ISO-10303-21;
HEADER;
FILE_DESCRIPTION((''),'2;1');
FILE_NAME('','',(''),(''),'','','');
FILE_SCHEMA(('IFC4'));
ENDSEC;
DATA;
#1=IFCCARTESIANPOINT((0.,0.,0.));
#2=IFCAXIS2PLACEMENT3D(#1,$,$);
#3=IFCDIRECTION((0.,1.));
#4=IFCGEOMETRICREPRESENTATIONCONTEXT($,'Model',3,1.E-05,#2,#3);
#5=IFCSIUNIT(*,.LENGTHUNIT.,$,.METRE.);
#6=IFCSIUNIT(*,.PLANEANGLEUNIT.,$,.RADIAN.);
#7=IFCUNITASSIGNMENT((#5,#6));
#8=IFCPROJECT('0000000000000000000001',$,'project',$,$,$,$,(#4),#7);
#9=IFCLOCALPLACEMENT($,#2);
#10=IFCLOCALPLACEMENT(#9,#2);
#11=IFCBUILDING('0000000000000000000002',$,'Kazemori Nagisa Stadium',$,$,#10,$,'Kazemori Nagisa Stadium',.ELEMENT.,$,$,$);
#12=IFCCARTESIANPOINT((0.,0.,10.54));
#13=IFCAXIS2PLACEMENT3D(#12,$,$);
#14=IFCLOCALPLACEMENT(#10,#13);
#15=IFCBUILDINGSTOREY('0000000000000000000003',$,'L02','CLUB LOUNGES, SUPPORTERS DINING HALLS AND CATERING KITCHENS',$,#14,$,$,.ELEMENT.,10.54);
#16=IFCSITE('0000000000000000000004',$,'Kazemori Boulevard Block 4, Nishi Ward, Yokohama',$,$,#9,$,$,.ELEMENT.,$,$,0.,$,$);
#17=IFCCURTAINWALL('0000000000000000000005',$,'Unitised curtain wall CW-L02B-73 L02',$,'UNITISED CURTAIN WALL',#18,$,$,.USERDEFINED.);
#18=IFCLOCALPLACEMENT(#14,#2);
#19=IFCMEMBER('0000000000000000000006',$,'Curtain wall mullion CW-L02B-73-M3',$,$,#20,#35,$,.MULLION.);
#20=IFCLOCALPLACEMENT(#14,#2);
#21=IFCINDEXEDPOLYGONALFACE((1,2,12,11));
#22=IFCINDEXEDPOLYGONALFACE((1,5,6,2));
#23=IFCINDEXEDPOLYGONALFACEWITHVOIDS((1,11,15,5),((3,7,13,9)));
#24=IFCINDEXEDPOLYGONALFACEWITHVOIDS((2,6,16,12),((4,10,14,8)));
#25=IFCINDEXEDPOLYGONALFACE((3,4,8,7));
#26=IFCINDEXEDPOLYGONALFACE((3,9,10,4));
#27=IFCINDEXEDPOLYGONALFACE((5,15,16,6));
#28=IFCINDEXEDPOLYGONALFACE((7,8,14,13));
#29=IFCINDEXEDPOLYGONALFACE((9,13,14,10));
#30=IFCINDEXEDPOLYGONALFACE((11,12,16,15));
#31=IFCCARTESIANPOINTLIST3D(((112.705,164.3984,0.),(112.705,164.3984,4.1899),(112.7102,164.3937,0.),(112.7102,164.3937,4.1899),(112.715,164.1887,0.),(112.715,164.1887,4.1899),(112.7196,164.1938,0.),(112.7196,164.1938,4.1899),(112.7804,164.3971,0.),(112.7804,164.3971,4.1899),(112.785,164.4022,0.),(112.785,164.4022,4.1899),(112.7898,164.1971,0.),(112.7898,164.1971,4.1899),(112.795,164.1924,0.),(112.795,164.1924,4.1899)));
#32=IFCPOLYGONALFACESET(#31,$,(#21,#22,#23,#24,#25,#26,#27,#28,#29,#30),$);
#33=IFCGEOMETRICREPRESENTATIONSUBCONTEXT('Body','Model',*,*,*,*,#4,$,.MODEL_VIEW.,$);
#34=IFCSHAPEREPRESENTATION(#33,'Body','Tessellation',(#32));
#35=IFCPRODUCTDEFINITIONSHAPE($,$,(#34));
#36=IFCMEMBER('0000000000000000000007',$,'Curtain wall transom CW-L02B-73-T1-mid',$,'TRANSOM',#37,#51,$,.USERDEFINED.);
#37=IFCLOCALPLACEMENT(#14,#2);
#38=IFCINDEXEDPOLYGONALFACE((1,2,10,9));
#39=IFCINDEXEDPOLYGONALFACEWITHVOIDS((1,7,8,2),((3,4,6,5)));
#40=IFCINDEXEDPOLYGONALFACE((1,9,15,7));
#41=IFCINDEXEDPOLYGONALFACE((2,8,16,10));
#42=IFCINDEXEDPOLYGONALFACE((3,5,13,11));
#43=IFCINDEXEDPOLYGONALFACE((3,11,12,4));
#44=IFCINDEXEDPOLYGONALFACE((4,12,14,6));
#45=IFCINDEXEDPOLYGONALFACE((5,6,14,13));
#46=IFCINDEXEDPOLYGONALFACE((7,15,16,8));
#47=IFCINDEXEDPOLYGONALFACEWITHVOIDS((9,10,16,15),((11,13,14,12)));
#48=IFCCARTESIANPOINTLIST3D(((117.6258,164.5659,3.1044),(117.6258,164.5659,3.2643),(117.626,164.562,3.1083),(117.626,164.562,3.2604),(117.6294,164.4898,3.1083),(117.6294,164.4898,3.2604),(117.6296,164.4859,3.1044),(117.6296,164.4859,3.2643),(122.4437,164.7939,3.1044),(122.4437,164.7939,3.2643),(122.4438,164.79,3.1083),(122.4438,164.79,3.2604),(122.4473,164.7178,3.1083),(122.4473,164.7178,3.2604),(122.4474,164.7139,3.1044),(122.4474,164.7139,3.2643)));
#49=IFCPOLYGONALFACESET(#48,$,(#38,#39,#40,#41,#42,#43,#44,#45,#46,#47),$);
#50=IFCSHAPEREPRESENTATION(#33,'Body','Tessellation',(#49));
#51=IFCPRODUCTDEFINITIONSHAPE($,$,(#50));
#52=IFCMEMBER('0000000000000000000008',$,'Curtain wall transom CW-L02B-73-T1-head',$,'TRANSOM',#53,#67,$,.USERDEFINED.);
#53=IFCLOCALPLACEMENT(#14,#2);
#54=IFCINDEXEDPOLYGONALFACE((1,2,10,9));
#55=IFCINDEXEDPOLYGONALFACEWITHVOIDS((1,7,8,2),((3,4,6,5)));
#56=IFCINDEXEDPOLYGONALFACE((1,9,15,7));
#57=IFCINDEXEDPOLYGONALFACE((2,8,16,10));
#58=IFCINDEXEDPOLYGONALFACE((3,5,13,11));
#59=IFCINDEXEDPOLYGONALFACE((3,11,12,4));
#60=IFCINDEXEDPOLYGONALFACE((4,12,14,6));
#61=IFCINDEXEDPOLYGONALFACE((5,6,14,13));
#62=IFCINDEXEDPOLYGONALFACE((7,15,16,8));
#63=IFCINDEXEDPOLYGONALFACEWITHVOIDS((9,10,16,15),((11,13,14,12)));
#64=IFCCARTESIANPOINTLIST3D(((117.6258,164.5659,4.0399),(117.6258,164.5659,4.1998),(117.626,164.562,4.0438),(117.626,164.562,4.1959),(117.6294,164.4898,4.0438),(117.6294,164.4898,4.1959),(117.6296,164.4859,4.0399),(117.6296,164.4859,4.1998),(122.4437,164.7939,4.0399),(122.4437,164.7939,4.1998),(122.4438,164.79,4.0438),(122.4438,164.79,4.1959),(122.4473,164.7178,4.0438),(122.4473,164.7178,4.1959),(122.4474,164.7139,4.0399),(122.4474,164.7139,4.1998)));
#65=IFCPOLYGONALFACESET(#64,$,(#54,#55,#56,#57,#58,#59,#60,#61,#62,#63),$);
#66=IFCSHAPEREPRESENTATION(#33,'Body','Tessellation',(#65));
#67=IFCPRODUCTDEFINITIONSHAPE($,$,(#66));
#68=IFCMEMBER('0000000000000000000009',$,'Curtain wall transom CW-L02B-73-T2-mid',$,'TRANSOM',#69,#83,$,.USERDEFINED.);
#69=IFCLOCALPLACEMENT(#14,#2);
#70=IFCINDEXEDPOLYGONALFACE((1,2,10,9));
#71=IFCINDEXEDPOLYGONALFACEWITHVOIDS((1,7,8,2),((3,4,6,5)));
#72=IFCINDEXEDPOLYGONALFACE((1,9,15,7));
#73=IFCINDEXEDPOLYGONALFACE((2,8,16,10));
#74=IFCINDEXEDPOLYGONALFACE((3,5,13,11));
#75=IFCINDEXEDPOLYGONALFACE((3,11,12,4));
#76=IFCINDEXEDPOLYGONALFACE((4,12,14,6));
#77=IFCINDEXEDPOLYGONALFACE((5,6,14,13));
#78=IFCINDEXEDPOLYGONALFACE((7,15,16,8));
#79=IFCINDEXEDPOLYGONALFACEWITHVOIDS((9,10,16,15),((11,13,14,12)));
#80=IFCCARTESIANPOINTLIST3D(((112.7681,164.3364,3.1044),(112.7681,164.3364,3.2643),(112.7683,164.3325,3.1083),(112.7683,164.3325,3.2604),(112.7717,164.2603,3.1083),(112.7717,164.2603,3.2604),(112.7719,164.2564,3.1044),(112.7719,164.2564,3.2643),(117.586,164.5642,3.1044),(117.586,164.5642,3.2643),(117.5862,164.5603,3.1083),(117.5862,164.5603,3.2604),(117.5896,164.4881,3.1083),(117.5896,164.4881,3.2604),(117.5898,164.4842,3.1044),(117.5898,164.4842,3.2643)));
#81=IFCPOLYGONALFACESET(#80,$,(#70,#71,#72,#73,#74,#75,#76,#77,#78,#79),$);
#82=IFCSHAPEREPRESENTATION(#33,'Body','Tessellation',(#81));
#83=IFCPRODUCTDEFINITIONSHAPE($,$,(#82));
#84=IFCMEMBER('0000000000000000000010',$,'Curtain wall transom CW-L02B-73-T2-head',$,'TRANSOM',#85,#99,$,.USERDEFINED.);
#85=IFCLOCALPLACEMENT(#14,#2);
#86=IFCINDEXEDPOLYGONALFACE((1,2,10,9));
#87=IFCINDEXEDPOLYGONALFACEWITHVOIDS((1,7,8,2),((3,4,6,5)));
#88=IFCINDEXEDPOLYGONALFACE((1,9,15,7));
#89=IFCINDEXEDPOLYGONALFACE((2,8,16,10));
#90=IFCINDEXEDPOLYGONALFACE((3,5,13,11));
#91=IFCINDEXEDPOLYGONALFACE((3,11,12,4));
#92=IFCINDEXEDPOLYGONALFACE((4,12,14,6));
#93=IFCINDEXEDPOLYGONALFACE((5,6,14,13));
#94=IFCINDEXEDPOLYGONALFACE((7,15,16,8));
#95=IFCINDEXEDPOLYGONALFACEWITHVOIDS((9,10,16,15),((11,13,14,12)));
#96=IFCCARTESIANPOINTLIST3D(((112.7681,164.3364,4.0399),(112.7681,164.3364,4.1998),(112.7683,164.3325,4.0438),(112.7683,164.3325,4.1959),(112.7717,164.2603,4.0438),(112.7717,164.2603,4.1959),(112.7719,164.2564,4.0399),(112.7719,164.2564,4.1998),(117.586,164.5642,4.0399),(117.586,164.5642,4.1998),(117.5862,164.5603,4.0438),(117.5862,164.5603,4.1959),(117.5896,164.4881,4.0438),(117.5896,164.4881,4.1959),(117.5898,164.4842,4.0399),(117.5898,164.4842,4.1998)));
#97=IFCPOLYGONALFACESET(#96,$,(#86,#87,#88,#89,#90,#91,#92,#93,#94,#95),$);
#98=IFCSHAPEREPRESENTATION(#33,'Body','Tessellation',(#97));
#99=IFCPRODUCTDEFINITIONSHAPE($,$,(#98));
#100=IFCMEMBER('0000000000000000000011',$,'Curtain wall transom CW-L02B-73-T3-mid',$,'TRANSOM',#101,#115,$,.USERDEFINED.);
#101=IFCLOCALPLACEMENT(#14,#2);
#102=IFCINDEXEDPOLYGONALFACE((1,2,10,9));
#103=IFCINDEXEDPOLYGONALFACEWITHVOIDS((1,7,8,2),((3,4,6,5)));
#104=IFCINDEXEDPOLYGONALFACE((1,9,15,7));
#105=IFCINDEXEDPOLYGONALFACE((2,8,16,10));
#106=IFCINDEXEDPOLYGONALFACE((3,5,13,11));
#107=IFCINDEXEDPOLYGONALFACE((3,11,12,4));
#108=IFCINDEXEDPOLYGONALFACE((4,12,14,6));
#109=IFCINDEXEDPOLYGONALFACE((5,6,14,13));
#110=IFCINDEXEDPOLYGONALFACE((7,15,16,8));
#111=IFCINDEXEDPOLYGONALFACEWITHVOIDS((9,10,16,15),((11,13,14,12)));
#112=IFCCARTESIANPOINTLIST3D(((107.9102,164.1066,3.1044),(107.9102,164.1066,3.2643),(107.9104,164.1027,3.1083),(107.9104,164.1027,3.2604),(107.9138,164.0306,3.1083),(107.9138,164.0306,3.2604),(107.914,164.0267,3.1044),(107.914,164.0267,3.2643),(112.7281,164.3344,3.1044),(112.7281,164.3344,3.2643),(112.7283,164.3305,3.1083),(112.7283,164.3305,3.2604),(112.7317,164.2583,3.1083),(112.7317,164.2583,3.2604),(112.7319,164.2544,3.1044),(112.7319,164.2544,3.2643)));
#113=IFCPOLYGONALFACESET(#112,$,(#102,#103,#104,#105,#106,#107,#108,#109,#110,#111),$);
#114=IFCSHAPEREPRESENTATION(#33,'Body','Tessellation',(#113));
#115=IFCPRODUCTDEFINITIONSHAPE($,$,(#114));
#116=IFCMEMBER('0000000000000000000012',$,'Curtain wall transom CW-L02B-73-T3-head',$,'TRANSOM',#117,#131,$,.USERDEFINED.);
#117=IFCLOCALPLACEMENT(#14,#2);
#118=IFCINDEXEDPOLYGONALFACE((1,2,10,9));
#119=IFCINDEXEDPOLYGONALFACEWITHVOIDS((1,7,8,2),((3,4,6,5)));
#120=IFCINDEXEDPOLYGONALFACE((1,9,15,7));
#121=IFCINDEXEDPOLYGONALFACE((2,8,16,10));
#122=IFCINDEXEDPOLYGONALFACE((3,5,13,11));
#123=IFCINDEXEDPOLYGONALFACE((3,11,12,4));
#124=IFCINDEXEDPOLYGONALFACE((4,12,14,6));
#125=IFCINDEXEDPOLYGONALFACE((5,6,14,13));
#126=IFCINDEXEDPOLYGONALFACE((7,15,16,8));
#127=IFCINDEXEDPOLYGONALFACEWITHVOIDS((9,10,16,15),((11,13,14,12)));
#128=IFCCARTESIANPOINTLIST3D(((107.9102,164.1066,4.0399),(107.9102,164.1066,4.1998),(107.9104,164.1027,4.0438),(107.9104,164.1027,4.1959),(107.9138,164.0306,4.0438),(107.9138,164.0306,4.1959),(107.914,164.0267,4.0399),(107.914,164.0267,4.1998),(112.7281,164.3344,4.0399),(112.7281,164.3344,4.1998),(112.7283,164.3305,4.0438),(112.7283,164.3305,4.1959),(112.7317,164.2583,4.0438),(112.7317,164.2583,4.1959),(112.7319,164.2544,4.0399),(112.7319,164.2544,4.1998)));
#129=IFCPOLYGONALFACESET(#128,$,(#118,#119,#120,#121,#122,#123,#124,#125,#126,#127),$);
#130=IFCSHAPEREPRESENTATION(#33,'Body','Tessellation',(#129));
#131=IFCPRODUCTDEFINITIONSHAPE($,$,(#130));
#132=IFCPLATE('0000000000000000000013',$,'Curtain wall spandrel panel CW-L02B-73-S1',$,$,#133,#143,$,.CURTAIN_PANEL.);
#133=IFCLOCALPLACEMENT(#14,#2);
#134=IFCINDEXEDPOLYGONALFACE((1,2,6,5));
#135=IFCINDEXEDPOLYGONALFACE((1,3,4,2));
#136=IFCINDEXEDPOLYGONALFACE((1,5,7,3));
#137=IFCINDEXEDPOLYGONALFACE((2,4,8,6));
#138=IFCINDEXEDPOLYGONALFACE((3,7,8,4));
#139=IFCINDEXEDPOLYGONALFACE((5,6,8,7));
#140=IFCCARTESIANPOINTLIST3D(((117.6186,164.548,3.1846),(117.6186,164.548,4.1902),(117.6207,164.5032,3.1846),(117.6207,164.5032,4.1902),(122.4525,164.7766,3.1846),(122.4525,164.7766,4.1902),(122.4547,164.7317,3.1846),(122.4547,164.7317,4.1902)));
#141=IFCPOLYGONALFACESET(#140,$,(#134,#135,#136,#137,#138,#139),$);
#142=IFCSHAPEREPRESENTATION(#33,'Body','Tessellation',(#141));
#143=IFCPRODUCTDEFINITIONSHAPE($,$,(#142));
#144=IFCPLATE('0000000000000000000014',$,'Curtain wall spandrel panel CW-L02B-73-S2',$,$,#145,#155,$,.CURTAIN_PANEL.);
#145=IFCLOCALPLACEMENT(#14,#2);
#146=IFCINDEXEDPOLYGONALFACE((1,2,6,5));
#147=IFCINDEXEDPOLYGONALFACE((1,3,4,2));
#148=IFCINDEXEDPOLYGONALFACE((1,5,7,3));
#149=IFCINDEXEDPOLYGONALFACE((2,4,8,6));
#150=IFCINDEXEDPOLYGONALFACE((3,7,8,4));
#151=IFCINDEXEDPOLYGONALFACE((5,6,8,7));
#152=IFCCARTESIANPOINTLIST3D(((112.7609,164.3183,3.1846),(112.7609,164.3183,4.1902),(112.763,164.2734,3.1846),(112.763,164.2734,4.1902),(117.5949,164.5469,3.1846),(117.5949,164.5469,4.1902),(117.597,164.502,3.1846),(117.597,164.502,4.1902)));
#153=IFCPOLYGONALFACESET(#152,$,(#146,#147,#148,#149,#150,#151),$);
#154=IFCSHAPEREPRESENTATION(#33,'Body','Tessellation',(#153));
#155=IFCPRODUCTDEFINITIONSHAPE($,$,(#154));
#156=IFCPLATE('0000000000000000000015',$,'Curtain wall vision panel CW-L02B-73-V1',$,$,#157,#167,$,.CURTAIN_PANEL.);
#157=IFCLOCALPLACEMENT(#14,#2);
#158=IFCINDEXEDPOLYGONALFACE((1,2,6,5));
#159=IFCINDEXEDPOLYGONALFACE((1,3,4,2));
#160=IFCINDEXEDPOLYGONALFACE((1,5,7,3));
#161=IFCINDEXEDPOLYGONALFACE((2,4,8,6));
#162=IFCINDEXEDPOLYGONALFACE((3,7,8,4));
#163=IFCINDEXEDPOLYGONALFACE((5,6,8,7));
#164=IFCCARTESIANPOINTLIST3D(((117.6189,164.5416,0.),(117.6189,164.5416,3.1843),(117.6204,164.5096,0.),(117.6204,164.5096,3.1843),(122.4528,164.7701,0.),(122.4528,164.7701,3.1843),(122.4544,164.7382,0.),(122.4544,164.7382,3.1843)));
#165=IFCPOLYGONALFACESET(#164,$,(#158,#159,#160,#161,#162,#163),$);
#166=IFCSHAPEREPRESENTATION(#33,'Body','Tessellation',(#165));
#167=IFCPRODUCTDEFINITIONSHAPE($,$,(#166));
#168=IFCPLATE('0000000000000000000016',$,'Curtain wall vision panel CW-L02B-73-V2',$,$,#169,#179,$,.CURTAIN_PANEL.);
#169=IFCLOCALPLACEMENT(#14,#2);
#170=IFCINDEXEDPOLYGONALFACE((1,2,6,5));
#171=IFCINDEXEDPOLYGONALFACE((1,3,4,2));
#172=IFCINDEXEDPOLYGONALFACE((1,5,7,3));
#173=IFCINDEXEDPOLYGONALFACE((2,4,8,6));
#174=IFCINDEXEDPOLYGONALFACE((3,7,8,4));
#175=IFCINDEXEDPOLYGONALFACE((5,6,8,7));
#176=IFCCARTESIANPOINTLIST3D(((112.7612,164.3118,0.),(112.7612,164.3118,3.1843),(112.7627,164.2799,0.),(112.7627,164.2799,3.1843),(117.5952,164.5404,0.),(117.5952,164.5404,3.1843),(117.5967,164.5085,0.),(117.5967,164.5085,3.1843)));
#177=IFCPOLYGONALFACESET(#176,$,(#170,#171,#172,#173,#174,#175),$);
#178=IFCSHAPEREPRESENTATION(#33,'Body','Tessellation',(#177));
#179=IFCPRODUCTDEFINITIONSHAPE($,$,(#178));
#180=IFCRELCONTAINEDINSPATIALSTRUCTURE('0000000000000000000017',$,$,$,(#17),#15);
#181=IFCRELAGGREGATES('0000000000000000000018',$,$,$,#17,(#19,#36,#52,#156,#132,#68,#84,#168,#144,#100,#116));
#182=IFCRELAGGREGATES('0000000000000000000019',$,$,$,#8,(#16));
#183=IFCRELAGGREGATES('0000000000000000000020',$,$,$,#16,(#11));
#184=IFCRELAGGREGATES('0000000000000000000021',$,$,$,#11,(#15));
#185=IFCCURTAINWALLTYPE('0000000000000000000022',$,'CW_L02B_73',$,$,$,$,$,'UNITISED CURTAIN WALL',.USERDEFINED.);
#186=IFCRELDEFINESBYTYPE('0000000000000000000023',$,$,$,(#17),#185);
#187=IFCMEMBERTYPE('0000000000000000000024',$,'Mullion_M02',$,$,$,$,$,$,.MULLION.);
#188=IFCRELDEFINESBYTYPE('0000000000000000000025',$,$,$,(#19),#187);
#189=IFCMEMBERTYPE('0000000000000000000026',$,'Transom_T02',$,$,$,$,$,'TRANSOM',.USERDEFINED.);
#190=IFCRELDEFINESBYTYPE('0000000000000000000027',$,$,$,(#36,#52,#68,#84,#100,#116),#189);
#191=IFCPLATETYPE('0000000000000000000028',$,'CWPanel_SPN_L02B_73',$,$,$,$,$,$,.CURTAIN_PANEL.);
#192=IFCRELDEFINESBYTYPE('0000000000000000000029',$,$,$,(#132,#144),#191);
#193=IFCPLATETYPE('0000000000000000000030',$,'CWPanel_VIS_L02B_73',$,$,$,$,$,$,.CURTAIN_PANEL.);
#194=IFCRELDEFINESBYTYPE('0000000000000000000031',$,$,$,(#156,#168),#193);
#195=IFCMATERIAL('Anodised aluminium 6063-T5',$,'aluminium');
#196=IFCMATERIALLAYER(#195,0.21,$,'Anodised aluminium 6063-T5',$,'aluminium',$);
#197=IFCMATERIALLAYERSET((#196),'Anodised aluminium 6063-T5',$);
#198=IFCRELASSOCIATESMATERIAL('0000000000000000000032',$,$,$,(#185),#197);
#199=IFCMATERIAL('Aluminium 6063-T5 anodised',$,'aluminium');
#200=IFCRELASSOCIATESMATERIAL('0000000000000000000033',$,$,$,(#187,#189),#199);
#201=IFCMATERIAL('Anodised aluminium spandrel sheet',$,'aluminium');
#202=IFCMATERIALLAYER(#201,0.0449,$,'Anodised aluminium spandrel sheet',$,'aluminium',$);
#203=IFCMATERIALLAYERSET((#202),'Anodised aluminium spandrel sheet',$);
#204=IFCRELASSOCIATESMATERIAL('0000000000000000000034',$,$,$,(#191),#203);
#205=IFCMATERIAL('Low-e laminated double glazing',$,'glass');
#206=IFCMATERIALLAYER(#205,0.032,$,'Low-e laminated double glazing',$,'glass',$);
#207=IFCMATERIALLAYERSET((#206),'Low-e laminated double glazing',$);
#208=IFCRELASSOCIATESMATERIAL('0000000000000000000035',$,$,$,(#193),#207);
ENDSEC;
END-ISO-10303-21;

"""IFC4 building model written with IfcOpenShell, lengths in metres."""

from ifc_helpers import new_model, si_unit, direction, frame, origin, origin_2d, place, context, subcontext, project, spatial, rectangle, hollow_rectangle, extrude, material, layer, layer_set, material_profile, profile_set, type_object, element, aggregate, save


model = new_model("IFC4")

# Units and contexts
model_context = context("Model", 3, precision=1e-05, world=origin(), true_north=direction((0.0, 1.0)))
body_context = subcontext(model_context, "Body", "Model", "MODEL_VIEW")
ifc_project = project(units=[si_unit("LENGTHUNIT", "METRE"), si_unit("PLANEANGLEUNIT", "RADIAN")], contexts=[model_context])

# Site, building, storey
site_placement = place(None, origin())
site = spatial("IfcSite", under=ifc_project, at=site_placement, Name="Kazemori Boulevard Block 4, Nishi Ward, Yokohama", CompositionType="ELEMENT", RefElevation=0.0)
building_placement = place(site_placement, origin())
building = spatial("IfcBuilding", under=site, at=building_placement, Name="Kazemori Nagisa Stadium", LongName="Kazemori Nagisa Stadium", CompositionType="ELEMENT")
storey_placement = place(building_placement, frame((0.0, 0.0, 10.54)))
storey = spatial("IfcBuildingStorey", under=building, at=storey_placement, Name="L02", Description="CLUB LOUNGES, SUPPORTERS DINING HALLS AND CATERING KITCHENS", CompositionType="ELEMENT", Elevation=10.54)

# Curtain wall, members, plates
ifc_material_1 = material(Name="Anodised aluminium 6063-T5", Category="aluminium")
ifc_layer_1 = layer(ifc_material_1, 0.21, Name="Anodised aluminium 6063-T5", Category="aluminium")
ifc_layer_set_1 = layer_set([ifc_layer_1], Name="Anodised aluminium 6063-T5")
curtain_wall_type = type_object("IfcCurtainWallType", Name="CW_L02B_73", ElementType="UNITISED CURTAIN WALL", PredefinedType="USERDEFINED", material=ifc_layer_set_1)
curtain_wall_placement = place(storey_placement, origin())
curtain_wall = element("IfcCurtainWall", 1, at=curtain_wall_placement, inside=storey, type_object=curtain_wall_type, Name="Unitised curtain wall CW-L02B-73 L02", ObjectType="UNITISED CURTAIN WALL", PredefinedType="USERDEFINED")
ifc_material_2 = material(Name="Aluminium 6063-T5 anodised", Category="aluminium")
ifc_material_profile_1 = material_profile(ifc_material_2, hollow_rectangle(XDim=0.0801, YDim=0.21, WallThickness=0.0049, at=origin_2d()), Name="ALU-MULL-80x210x5")
ifc_profile_set_1 = profile_set([ifc_material_profile_1], Name="Aluminium 6063-T5 anodised")
member_type_1 = type_object("IfcMemberType", Name="Mullion_M02", PredefinedType="MULLION", material=ifc_profile_set_1)
member_1_placement = place(storey_placement, frame((112.75, 164.2954, 0.0), z_axis=(0.0, 0.0, 1.0), x_axis=(-0.998884, -0.04723, 0.0)))
member_1 = element("IfcMember", 2, at=member_1_placement, type_object=member_type_1, Name="Curtain wall mullion CW-L02B-73-M3", PredefinedType="MULLION", context=body_context, shape_type="SweptSolid", body=[
    extrude(hollow_rectangle(XDim=0.0801, YDim=0.21, WallThickness=0.0049, at=origin_2d()), origin(), (0.0, 0.0, 1.0), 4.1899),
])
ifc_material_profile_2 = material_profile(ifc_material_2, hollow_rectangle(XDim=0.0801, YDim=0.1599, WallThickness=0.0039, at=origin_2d()), Name="ALU-TRAN-80x160x4")
ifc_profile_set_2 = profile_set([ifc_material_profile_2], Name="Aluminium 6063-T5 anodised")
member_type_2 = type_object("IfcMemberType", Name="Transom_T02", ElementType="TRANSOM", PredefinedType="USERDEFINED", material=ifc_profile_set_2)
member_2_placement = place(storey_placement, frame((122.4456, 164.7539, 3.1843), z_axis=(-0.998882, -0.047277, 0.0), x_axis=(0.047277, -0.998882, 0.0)))
member_2 = element("IfcMember", 3, at=member_2_placement, type_object=member_type_2, Name="Curtain wall transom CW-L02B-73-T1-mid", ObjectType="TRANSOM", PredefinedType="USERDEFINED", context=body_context, shape_type="SweptSolid", body=[
    extrude(hollow_rectangle(XDim=0.0801, YDim=0.1599, WallThickness=0.0039, at=origin_2d()), origin(), (0.0, 0.0, 1.0), 4.8232),
])
member_3_placement = place(storey_placement, frame((122.4456, 164.7539, 4.1199), z_axis=(-0.998882, -0.047277, 0.0), x_axis=(0.047277, -0.998882, 0.0)))
member_3 = element("IfcMember", 4, at=member_3_placement, type_object=member_type_2, Name="Curtain wall transom CW-L02B-73-T1-head", ObjectType="TRANSOM", PredefinedType="USERDEFINED", context=body_context, shape_type="SweptSolid", body=[
    extrude(hollow_rectangle(XDim=0.0801, YDim=0.1599, WallThickness=0.0039, at=origin_2d()), origin(), (0.0, 0.0, 1.0), 4.8232),
])
member_4_placement = place(storey_placement, frame((117.5879, 164.5242, 3.1843), z_axis=(-0.998884, -0.047226, 0.0), x_axis=(0.047226, -0.998884, 0.0)))
member_4 = element("IfcMember", 5, at=member_4_placement, type_object=member_type_2, Name="Curtain wall transom CW-L02B-73-T2-mid", ObjectType="TRANSOM", PredefinedType="USERDEFINED", context=body_context, shape_type="SweptSolid", body=[
    extrude(hollow_rectangle(XDim=0.0801, YDim=0.1599, WallThickness=0.0039, at=origin_2d()), origin(), (0.0, 0.0, 1.0), 4.8232),
])
member_5_placement = place(storey_placement, frame((117.5879, 164.5242, 4.1199), z_axis=(-0.998884, -0.047226, 0.0), x_axis=(0.047226, -0.998884, 0.0)))
member_5 = element("IfcMember", 6, at=member_5_placement, type_object=member_type_2, Name="Curtain wall transom CW-L02B-73-T2-head", ObjectType="TRANSOM", PredefinedType="USERDEFINED", context=body_context, shape_type="SweptSolid", body=[
    extrude(hollow_rectangle(XDim=0.0801, YDim=0.1599, WallThickness=0.0039, at=origin_2d()), origin(), (0.0, 0.0, 1.0), 4.8232),
])
member_6_placement = place(storey_placement, frame((112.73, 164.2944, 3.1843), z_axis=(-0.998884, -0.047226, 0.0), x_axis=(0.047226, -0.998884, 0.0)))
member_6 = element("IfcMember", 7, at=member_6_placement, type_object=member_type_2, Name="Curtain wall transom CW-L02B-73-T3-mid", ObjectType="TRANSOM", PredefinedType="USERDEFINED", context=body_context, shape_type="SweptSolid", body=[
    extrude(hollow_rectangle(XDim=0.0801, YDim=0.1599, WallThickness=0.0039, at=origin_2d()), origin(), (0.0, 0.0, 1.0), 4.8232),
])
member_7_placement = place(storey_placement, frame((112.73, 164.2944, 4.1199), z_axis=(-0.998884, -0.047226, 0.0), x_axis=(0.047226, -0.998884, 0.0)))
member_7 = element("IfcMember", 8, at=member_7_placement, type_object=member_type_2, Name="Curtain wall transom CW-L02B-73-T3-head", ObjectType="TRANSOM", PredefinedType="USERDEFINED", context=body_context, shape_type="SweptSolid", body=[
    extrude(hollow_rectangle(XDim=0.0801, YDim=0.1599, WallThickness=0.0039, at=origin_2d()), origin(), (0.0, 0.0, 1.0), 4.8232),
])
ifc_material_3 = material(Name="Anodised aluminium spandrel sheet", Category="aluminium")
ifc_layer_2 = layer(ifc_material_3, 0.0449, Name="Anodised aluminium spandrel sheet", Category="aluminium")
ifc_layer_set_2 = layer_set([ifc_layer_2], Name="Anodised aluminium spandrel sheet")
plate_type_1 = type_object("IfcPlateType", Name="CWPanel_SPN_L02B_73", PredefinedType="CURTAIN_PANEL", material=ifc_layer_set_2)
plate_1_placement = place(storey_placement, frame((120.0366, 164.6399, 3.1846), z_axis=(0.0, 0.0, 1.0), x_axis=(-0.998884, -0.04723, 0.0)))
plate_1 = element("IfcPlate", 9, at=plate_1_placement, type_object=plate_type_1, Name="Curtain wall spandrel panel CW-L02B-73-S1", PredefinedType="CURTAIN_PANEL", context=body_context, shape_type="SweptSolid", body=[
    extrude(rectangle(XDim=4.8394, YDim=0.0449, at=origin_2d()), origin(), (0.0, 0.0, 1.0), 1.0056),
])
plate_2_placement = place(storey_placement, frame((115.179, 164.4102, 3.1846), z_axis=(0.0, 0.0, 1.0), x_axis=(-0.998884, -0.04723, 0.0)))
plate_2 = element("IfcPlate", 10, at=plate_2_placement, type_object=plate_type_1, Name="Curtain wall spandrel panel CW-L02B-73-S2", PredefinedType="CURTAIN_PANEL", context=body_context, shape_type="SweptSolid", body=[
    extrude(rectangle(XDim=4.8394, YDim=0.0449, at=origin_2d()), origin(), (0.0, 0.0, 1.0), 1.0056),
])
ifc_material_4 = material(Name="Low-e laminated double glazing", Category="glass")
ifc_layer_3 = layer(ifc_material_4, 0.032, Name="Low-e laminated double glazing", Category="glass")
ifc_layer_set_3 = layer_set([ifc_layer_3], Name="Low-e laminated double glazing")
plate_type_2 = type_object("IfcPlateType", Name="CWPanel_VIS_L02B_73", PredefinedType="CURTAIN_PANEL", material=ifc_layer_set_3)
plate_3_placement = place(storey_placement, frame((120.0366, 164.6399, 0.0), z_axis=(0.0, 0.0, 1.0), x_axis=(-0.998884, -0.04723, 0.0)))
plate_3 = element("IfcPlate", 11, at=plate_3_placement, type_object=plate_type_2, Name="Curtain wall vision panel CW-L02B-73-V1", PredefinedType="CURTAIN_PANEL", context=body_context, shape_type="SweptSolid", body=[
    extrude(rectangle(XDim=4.8394, YDim=0.032, at=origin_2d()), origin(), (0.0, 0.0, 1.0), 3.1843),
])
plate_4_placement = place(storey_placement, frame((115.179, 164.4102, 0.0), z_axis=(0.0, 0.0, 1.0), x_axis=(-0.998884, -0.04723, 0.0)))
plate_4 = element("IfcPlate", 12, at=plate_4_placement, type_object=plate_type_2, Name="Curtain wall vision panel CW-L02B-73-V2", PredefinedType="CURTAIN_PANEL", context=body_context, shape_type="SweptSolid", body=[
    extrude(rectangle(XDim=4.8394, YDim=0.032, at=origin_2d()), origin(), (0.0, 0.0, 1.0), 3.1843),
])
aggregate(curtain_wall, [member_1, member_2, member_3, plate_3, plate_1, member_4, member_5, plate_4, plate_2, member_6, member_7])

save(model, "model.ifc")
